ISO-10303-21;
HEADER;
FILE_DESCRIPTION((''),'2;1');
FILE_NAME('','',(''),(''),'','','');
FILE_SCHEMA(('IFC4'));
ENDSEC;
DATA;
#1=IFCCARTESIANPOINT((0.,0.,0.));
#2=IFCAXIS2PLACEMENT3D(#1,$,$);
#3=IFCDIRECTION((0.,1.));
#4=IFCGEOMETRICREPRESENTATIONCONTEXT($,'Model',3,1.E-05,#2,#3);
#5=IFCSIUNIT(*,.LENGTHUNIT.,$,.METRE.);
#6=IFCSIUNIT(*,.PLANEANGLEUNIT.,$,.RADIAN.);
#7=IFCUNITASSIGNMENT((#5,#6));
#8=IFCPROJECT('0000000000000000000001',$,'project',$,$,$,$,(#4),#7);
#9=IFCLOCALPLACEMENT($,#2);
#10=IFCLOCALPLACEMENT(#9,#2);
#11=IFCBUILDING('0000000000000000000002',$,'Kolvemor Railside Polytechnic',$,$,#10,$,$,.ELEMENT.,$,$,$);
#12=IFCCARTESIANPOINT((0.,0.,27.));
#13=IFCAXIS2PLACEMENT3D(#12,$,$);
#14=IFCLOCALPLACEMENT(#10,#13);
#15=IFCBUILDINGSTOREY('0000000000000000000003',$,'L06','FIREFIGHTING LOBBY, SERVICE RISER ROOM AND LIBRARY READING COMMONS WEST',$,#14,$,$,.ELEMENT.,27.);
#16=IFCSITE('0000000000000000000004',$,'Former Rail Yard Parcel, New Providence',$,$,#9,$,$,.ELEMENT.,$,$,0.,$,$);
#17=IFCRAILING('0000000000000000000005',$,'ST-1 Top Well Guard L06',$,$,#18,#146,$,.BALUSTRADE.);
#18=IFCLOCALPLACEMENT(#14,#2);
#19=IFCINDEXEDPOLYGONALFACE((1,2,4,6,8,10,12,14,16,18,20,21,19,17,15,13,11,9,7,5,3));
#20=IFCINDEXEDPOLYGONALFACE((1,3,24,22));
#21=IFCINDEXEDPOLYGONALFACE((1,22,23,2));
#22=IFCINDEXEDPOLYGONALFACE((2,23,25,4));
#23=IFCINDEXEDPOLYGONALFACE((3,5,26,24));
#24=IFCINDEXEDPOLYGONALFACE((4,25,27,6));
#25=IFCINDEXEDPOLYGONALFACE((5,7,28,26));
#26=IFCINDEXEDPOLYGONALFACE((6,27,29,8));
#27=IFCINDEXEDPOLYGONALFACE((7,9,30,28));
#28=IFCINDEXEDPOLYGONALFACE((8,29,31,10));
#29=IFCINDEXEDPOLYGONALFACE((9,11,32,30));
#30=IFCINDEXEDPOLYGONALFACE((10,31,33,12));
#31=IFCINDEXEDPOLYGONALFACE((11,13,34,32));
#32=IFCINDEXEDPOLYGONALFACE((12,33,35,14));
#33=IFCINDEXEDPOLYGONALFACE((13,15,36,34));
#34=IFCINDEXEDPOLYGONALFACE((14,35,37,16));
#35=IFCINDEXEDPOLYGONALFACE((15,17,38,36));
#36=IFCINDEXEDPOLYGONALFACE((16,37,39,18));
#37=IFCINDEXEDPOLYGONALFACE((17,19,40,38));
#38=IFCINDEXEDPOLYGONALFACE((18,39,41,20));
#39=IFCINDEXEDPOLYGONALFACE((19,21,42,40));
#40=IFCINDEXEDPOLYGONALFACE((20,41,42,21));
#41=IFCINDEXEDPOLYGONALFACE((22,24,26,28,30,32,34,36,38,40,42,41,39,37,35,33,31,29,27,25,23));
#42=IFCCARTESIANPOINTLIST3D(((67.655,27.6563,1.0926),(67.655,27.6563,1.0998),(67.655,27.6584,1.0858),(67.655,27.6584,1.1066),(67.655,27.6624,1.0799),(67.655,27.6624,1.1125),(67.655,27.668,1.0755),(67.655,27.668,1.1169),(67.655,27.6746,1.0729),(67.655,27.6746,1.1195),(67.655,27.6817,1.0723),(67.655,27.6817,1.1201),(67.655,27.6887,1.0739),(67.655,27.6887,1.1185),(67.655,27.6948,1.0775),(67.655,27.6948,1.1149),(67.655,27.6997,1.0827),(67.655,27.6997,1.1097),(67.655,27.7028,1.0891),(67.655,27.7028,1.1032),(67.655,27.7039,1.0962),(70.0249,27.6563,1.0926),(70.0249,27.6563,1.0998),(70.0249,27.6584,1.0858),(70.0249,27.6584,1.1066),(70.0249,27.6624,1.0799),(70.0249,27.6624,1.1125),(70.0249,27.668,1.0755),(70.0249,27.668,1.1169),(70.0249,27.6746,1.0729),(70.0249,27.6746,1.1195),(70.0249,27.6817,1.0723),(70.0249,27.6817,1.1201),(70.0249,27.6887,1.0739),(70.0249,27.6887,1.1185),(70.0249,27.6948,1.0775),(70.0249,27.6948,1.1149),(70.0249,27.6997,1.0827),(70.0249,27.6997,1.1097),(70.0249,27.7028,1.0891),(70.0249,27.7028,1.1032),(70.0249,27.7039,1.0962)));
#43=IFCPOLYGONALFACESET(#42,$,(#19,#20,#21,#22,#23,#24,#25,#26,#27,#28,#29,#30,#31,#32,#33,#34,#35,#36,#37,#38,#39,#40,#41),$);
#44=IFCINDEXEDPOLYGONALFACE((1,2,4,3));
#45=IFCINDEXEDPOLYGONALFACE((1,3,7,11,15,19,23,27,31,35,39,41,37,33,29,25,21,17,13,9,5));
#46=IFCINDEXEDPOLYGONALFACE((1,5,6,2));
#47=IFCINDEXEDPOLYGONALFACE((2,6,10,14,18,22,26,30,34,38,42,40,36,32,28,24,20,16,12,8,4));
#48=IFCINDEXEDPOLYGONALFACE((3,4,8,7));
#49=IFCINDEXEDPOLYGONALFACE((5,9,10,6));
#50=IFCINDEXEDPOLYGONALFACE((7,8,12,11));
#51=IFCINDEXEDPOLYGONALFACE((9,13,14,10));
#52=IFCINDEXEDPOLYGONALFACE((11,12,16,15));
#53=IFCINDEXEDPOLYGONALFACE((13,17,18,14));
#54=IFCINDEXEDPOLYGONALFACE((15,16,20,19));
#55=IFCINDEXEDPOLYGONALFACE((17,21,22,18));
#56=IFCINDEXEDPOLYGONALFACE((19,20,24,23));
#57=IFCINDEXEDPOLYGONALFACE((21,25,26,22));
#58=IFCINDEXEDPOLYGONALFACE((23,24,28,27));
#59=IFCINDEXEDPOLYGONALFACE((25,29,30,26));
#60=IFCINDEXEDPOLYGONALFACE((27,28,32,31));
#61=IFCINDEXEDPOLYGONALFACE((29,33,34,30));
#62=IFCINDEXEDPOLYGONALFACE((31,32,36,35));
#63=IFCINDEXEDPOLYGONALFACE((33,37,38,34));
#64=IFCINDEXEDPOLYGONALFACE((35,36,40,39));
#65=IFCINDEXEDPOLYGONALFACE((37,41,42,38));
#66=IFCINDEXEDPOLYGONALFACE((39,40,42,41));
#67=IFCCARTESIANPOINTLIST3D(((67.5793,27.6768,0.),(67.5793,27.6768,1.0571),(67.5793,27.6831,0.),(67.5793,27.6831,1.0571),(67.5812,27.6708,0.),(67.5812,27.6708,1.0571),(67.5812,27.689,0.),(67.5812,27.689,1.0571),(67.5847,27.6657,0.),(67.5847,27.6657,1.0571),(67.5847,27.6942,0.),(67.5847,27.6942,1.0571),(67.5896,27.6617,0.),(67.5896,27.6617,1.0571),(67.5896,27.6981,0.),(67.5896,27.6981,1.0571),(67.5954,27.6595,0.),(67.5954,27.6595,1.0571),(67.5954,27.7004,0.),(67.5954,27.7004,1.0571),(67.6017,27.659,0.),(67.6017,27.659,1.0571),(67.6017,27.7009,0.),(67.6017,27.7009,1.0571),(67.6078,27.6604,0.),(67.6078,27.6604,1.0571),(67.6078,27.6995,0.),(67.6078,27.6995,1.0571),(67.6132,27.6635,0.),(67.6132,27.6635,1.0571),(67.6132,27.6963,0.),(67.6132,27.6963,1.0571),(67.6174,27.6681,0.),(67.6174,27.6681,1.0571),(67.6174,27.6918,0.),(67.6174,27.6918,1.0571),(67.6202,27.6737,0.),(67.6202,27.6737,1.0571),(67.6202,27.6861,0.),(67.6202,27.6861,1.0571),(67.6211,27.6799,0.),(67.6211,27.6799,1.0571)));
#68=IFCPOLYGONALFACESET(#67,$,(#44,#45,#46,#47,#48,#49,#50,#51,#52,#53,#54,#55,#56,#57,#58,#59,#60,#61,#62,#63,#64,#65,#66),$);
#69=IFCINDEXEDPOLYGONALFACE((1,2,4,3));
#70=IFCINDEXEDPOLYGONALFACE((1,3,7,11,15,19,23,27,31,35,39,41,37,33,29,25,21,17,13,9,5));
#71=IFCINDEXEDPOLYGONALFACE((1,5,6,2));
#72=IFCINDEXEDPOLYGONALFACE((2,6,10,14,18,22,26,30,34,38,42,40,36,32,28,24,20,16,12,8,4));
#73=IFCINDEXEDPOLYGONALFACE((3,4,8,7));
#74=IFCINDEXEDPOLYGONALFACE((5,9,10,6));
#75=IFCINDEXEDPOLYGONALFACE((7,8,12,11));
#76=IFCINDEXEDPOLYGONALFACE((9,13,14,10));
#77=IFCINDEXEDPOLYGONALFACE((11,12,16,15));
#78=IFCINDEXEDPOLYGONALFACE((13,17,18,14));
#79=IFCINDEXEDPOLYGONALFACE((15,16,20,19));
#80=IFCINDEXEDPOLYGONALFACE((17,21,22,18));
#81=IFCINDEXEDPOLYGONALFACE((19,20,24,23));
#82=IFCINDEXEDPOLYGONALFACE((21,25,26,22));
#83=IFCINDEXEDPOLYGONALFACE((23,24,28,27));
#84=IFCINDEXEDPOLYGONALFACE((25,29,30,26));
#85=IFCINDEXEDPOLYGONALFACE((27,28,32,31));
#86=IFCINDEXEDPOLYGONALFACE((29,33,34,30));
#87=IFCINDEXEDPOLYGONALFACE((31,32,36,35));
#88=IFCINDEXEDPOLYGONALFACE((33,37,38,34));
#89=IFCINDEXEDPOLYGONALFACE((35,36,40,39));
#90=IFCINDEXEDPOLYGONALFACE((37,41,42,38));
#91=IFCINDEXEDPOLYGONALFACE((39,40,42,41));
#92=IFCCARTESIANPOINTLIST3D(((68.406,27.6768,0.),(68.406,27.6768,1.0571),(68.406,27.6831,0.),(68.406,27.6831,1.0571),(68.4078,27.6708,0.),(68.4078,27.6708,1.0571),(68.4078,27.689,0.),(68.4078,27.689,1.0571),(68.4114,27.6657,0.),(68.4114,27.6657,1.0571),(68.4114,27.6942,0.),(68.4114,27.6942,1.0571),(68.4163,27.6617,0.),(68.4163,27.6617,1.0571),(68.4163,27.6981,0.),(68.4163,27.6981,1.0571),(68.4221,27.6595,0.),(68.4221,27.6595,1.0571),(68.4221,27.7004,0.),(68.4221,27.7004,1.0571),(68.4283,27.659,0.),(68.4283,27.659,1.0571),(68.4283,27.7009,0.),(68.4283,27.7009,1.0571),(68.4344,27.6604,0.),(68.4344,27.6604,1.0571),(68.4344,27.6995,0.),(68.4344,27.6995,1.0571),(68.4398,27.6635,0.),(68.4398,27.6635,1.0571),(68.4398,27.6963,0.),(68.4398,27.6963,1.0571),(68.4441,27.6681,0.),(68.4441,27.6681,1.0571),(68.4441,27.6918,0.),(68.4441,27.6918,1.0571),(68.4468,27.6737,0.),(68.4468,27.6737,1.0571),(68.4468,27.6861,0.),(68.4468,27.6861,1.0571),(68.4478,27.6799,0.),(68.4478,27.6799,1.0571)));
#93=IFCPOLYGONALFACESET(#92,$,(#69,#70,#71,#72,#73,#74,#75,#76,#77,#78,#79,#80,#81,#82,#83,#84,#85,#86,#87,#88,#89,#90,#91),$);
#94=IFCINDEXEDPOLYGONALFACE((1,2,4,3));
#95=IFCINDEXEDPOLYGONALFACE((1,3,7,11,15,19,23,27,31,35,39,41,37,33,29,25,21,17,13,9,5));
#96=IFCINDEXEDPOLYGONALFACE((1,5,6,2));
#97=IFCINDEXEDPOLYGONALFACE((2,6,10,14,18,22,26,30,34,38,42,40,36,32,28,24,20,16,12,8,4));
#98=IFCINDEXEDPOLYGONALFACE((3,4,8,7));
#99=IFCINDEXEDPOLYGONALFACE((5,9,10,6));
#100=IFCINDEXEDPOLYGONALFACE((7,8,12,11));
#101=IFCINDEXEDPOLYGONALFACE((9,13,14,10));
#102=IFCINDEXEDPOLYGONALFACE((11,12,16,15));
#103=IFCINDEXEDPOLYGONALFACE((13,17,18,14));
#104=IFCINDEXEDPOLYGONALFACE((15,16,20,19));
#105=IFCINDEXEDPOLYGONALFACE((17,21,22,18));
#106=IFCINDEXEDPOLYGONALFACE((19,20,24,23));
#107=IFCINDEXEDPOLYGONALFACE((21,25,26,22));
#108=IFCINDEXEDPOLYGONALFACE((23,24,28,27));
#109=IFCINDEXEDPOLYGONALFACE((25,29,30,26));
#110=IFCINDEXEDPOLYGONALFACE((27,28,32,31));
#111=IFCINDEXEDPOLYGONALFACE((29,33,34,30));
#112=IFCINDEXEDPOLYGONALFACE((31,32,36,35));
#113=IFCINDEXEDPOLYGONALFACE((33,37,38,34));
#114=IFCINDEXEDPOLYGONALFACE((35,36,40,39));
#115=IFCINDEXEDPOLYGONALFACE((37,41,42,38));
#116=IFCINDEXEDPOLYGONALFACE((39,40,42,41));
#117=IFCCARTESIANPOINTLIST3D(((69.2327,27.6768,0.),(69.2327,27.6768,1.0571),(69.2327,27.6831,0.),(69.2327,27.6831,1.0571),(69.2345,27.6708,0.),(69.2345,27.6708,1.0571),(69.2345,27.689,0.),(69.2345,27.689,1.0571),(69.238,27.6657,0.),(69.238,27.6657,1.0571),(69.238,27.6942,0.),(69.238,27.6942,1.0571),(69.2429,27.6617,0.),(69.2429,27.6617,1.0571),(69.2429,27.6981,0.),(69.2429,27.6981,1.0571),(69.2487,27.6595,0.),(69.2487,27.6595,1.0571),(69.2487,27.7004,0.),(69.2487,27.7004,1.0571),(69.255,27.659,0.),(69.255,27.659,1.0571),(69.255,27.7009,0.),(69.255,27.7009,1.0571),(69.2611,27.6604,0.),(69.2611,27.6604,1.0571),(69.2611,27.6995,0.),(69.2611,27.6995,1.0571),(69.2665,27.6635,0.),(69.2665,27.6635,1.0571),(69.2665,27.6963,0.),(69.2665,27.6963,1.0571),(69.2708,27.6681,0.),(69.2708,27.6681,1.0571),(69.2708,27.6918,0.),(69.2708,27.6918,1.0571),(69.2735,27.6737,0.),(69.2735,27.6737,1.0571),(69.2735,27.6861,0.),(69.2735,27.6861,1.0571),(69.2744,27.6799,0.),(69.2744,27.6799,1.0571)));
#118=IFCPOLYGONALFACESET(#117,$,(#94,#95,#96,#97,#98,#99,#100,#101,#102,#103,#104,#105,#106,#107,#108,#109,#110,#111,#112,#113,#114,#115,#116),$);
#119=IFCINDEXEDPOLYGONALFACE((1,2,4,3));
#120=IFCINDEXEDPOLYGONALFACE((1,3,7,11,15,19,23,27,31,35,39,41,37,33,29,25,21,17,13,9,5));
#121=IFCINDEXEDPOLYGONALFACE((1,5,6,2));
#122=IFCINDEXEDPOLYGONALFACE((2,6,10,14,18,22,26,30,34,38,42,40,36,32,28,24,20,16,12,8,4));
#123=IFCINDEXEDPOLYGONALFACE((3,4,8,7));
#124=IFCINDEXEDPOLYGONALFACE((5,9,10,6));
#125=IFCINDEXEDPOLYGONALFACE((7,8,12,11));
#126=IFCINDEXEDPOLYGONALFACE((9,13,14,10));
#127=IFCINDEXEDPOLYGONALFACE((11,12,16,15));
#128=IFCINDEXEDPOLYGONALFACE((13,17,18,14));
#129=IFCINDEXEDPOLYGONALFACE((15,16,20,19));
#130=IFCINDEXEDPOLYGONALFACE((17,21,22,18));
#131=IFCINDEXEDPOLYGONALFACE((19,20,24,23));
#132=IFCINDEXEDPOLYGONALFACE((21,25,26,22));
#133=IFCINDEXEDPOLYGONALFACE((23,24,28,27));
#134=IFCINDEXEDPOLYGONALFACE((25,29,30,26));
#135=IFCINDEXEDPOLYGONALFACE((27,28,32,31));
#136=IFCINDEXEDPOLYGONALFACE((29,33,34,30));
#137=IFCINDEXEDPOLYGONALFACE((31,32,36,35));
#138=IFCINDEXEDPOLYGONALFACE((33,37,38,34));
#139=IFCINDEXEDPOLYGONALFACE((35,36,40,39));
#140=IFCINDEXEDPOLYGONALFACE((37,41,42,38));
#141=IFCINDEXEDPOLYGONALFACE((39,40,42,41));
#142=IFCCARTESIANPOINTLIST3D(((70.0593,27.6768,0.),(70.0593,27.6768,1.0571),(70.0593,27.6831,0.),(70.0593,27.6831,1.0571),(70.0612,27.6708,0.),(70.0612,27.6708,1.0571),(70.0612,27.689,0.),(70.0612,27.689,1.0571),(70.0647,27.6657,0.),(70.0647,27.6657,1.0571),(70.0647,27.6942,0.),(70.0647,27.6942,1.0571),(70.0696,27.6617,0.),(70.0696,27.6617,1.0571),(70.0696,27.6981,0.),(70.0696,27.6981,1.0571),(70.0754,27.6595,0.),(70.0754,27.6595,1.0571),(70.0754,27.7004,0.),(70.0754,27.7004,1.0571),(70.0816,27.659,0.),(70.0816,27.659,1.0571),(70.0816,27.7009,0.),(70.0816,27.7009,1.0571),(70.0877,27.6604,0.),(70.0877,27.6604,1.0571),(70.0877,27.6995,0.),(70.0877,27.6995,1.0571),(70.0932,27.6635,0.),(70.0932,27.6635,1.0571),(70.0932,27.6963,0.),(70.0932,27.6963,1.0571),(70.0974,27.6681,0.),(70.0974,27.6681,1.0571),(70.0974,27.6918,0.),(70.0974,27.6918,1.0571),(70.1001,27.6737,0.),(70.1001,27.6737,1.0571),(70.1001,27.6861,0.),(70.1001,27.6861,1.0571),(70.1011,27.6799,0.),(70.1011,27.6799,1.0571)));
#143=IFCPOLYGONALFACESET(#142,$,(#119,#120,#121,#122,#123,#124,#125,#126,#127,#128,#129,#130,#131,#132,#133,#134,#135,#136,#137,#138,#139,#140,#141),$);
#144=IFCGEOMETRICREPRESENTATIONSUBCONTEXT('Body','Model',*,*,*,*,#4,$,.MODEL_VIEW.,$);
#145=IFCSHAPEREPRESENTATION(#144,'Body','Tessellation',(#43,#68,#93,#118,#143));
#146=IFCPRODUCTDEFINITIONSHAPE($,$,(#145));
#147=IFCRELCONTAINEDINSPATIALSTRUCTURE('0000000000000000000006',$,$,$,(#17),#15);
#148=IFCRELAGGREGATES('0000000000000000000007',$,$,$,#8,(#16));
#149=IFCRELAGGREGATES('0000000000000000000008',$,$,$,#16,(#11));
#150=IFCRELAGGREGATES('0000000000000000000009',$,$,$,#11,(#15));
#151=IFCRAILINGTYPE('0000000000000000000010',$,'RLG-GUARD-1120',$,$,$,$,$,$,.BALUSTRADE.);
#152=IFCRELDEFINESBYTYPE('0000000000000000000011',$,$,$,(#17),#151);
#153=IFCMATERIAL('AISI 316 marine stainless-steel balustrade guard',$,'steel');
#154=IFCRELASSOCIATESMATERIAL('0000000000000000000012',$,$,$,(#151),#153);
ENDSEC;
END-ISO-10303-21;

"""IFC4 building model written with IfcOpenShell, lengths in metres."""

from ifc_helpers import new_model, si_unit, direction, frame, origin, origin_2d, place, context, subcontext, project, spatial, circle, extrude, material, type_object, element, save


model = new_model("IFC4")

# Units and contexts
model_context = context("Model", 3, precision=1e-05, world=origin(), true_north=direction((0.0, 1.0)))
body_context = subcontext(model_context, "Body", "Model", "MODEL_VIEW")
ifc_project = project(units=[si_unit("LENGTHUNIT", "METRE"), si_unit("PLANEANGLEUNIT", "RADIAN")], contexts=[model_context])

# Site, building, storey
site_placement = place(None, origin())
site = spatial("IfcSite", under=ifc_project, at=site_placement, Name="Former Rail Yard Parcel, New Providence", CompositionType="ELEMENT", RefElevation=0.0)
building_placement = place(site_placement, origin())
building = spatial("IfcBuilding", under=site, at=building_placement, Name="Kolvemor Railside Polytechnic", CompositionType="ELEMENT")
storey_placement = place(building_placement, frame((0.0, 0.0, 27.0)))
storey = spatial("IfcBuildingStorey", under=building, at=storey_placement, Name="L06", Description="FIREFIGHTING LOBBY, SERVICE RISER ROOM AND LIBRARY READING COMMONS WEST", CompositionType="ELEMENT", Elevation=27.0)

# Railing
ifc_material_1 = material(Name="AISI 316 marine stainless-steel balustrade guard", Category="steel")
railing_type = type_object("IfcRailingType", Name="RLG-GUARD-1120", PredefinedType="BALUSTRADE", material=ifc_material_1)
railing_placement = place(storey_placement, frame((67.6001, 27.6799, 0.0)))
element("IfcRailing", 1, at=railing_placement, inside=storey, type_object=railing_type, Name="ST-1 Top Well Guard L06", PredefinedType="BALUSTRADE", context=body_context, shape_type="SweptSolid", body=[
    extrude(circle(Radius=0.0239, at=origin_2d()), frame((0.0549, 0.0, 1.0962), z_axis=(1.0, 0.0, 0.0), x_axis=(0.0, 1.0, 0.0)), (0.0, 0.0, 1.0), 2.3699),
    extrude(circle(Radius=0.021, at=origin_2d()), origin(), (0.0, 0.0, 1.0), 1.0571),
    extrude(circle(Radius=0.021, at=origin_2d()), frame((0.8267, 0.0, 0.0)), (0.0, 0.0, 1.0), 1.0571),
    extrude(circle(Radius=0.021, at=origin_2d()), frame((1.6533, 0.0, 0.0)), (0.0, 0.0, 1.0), 1.0571),
    extrude(circle(Radius=0.021, at=origin_2d()), frame((2.48, 0.0, 0.0)), (0.0, 0.0, 1.0), 1.0571),
])

save(model, "model.ifc")
